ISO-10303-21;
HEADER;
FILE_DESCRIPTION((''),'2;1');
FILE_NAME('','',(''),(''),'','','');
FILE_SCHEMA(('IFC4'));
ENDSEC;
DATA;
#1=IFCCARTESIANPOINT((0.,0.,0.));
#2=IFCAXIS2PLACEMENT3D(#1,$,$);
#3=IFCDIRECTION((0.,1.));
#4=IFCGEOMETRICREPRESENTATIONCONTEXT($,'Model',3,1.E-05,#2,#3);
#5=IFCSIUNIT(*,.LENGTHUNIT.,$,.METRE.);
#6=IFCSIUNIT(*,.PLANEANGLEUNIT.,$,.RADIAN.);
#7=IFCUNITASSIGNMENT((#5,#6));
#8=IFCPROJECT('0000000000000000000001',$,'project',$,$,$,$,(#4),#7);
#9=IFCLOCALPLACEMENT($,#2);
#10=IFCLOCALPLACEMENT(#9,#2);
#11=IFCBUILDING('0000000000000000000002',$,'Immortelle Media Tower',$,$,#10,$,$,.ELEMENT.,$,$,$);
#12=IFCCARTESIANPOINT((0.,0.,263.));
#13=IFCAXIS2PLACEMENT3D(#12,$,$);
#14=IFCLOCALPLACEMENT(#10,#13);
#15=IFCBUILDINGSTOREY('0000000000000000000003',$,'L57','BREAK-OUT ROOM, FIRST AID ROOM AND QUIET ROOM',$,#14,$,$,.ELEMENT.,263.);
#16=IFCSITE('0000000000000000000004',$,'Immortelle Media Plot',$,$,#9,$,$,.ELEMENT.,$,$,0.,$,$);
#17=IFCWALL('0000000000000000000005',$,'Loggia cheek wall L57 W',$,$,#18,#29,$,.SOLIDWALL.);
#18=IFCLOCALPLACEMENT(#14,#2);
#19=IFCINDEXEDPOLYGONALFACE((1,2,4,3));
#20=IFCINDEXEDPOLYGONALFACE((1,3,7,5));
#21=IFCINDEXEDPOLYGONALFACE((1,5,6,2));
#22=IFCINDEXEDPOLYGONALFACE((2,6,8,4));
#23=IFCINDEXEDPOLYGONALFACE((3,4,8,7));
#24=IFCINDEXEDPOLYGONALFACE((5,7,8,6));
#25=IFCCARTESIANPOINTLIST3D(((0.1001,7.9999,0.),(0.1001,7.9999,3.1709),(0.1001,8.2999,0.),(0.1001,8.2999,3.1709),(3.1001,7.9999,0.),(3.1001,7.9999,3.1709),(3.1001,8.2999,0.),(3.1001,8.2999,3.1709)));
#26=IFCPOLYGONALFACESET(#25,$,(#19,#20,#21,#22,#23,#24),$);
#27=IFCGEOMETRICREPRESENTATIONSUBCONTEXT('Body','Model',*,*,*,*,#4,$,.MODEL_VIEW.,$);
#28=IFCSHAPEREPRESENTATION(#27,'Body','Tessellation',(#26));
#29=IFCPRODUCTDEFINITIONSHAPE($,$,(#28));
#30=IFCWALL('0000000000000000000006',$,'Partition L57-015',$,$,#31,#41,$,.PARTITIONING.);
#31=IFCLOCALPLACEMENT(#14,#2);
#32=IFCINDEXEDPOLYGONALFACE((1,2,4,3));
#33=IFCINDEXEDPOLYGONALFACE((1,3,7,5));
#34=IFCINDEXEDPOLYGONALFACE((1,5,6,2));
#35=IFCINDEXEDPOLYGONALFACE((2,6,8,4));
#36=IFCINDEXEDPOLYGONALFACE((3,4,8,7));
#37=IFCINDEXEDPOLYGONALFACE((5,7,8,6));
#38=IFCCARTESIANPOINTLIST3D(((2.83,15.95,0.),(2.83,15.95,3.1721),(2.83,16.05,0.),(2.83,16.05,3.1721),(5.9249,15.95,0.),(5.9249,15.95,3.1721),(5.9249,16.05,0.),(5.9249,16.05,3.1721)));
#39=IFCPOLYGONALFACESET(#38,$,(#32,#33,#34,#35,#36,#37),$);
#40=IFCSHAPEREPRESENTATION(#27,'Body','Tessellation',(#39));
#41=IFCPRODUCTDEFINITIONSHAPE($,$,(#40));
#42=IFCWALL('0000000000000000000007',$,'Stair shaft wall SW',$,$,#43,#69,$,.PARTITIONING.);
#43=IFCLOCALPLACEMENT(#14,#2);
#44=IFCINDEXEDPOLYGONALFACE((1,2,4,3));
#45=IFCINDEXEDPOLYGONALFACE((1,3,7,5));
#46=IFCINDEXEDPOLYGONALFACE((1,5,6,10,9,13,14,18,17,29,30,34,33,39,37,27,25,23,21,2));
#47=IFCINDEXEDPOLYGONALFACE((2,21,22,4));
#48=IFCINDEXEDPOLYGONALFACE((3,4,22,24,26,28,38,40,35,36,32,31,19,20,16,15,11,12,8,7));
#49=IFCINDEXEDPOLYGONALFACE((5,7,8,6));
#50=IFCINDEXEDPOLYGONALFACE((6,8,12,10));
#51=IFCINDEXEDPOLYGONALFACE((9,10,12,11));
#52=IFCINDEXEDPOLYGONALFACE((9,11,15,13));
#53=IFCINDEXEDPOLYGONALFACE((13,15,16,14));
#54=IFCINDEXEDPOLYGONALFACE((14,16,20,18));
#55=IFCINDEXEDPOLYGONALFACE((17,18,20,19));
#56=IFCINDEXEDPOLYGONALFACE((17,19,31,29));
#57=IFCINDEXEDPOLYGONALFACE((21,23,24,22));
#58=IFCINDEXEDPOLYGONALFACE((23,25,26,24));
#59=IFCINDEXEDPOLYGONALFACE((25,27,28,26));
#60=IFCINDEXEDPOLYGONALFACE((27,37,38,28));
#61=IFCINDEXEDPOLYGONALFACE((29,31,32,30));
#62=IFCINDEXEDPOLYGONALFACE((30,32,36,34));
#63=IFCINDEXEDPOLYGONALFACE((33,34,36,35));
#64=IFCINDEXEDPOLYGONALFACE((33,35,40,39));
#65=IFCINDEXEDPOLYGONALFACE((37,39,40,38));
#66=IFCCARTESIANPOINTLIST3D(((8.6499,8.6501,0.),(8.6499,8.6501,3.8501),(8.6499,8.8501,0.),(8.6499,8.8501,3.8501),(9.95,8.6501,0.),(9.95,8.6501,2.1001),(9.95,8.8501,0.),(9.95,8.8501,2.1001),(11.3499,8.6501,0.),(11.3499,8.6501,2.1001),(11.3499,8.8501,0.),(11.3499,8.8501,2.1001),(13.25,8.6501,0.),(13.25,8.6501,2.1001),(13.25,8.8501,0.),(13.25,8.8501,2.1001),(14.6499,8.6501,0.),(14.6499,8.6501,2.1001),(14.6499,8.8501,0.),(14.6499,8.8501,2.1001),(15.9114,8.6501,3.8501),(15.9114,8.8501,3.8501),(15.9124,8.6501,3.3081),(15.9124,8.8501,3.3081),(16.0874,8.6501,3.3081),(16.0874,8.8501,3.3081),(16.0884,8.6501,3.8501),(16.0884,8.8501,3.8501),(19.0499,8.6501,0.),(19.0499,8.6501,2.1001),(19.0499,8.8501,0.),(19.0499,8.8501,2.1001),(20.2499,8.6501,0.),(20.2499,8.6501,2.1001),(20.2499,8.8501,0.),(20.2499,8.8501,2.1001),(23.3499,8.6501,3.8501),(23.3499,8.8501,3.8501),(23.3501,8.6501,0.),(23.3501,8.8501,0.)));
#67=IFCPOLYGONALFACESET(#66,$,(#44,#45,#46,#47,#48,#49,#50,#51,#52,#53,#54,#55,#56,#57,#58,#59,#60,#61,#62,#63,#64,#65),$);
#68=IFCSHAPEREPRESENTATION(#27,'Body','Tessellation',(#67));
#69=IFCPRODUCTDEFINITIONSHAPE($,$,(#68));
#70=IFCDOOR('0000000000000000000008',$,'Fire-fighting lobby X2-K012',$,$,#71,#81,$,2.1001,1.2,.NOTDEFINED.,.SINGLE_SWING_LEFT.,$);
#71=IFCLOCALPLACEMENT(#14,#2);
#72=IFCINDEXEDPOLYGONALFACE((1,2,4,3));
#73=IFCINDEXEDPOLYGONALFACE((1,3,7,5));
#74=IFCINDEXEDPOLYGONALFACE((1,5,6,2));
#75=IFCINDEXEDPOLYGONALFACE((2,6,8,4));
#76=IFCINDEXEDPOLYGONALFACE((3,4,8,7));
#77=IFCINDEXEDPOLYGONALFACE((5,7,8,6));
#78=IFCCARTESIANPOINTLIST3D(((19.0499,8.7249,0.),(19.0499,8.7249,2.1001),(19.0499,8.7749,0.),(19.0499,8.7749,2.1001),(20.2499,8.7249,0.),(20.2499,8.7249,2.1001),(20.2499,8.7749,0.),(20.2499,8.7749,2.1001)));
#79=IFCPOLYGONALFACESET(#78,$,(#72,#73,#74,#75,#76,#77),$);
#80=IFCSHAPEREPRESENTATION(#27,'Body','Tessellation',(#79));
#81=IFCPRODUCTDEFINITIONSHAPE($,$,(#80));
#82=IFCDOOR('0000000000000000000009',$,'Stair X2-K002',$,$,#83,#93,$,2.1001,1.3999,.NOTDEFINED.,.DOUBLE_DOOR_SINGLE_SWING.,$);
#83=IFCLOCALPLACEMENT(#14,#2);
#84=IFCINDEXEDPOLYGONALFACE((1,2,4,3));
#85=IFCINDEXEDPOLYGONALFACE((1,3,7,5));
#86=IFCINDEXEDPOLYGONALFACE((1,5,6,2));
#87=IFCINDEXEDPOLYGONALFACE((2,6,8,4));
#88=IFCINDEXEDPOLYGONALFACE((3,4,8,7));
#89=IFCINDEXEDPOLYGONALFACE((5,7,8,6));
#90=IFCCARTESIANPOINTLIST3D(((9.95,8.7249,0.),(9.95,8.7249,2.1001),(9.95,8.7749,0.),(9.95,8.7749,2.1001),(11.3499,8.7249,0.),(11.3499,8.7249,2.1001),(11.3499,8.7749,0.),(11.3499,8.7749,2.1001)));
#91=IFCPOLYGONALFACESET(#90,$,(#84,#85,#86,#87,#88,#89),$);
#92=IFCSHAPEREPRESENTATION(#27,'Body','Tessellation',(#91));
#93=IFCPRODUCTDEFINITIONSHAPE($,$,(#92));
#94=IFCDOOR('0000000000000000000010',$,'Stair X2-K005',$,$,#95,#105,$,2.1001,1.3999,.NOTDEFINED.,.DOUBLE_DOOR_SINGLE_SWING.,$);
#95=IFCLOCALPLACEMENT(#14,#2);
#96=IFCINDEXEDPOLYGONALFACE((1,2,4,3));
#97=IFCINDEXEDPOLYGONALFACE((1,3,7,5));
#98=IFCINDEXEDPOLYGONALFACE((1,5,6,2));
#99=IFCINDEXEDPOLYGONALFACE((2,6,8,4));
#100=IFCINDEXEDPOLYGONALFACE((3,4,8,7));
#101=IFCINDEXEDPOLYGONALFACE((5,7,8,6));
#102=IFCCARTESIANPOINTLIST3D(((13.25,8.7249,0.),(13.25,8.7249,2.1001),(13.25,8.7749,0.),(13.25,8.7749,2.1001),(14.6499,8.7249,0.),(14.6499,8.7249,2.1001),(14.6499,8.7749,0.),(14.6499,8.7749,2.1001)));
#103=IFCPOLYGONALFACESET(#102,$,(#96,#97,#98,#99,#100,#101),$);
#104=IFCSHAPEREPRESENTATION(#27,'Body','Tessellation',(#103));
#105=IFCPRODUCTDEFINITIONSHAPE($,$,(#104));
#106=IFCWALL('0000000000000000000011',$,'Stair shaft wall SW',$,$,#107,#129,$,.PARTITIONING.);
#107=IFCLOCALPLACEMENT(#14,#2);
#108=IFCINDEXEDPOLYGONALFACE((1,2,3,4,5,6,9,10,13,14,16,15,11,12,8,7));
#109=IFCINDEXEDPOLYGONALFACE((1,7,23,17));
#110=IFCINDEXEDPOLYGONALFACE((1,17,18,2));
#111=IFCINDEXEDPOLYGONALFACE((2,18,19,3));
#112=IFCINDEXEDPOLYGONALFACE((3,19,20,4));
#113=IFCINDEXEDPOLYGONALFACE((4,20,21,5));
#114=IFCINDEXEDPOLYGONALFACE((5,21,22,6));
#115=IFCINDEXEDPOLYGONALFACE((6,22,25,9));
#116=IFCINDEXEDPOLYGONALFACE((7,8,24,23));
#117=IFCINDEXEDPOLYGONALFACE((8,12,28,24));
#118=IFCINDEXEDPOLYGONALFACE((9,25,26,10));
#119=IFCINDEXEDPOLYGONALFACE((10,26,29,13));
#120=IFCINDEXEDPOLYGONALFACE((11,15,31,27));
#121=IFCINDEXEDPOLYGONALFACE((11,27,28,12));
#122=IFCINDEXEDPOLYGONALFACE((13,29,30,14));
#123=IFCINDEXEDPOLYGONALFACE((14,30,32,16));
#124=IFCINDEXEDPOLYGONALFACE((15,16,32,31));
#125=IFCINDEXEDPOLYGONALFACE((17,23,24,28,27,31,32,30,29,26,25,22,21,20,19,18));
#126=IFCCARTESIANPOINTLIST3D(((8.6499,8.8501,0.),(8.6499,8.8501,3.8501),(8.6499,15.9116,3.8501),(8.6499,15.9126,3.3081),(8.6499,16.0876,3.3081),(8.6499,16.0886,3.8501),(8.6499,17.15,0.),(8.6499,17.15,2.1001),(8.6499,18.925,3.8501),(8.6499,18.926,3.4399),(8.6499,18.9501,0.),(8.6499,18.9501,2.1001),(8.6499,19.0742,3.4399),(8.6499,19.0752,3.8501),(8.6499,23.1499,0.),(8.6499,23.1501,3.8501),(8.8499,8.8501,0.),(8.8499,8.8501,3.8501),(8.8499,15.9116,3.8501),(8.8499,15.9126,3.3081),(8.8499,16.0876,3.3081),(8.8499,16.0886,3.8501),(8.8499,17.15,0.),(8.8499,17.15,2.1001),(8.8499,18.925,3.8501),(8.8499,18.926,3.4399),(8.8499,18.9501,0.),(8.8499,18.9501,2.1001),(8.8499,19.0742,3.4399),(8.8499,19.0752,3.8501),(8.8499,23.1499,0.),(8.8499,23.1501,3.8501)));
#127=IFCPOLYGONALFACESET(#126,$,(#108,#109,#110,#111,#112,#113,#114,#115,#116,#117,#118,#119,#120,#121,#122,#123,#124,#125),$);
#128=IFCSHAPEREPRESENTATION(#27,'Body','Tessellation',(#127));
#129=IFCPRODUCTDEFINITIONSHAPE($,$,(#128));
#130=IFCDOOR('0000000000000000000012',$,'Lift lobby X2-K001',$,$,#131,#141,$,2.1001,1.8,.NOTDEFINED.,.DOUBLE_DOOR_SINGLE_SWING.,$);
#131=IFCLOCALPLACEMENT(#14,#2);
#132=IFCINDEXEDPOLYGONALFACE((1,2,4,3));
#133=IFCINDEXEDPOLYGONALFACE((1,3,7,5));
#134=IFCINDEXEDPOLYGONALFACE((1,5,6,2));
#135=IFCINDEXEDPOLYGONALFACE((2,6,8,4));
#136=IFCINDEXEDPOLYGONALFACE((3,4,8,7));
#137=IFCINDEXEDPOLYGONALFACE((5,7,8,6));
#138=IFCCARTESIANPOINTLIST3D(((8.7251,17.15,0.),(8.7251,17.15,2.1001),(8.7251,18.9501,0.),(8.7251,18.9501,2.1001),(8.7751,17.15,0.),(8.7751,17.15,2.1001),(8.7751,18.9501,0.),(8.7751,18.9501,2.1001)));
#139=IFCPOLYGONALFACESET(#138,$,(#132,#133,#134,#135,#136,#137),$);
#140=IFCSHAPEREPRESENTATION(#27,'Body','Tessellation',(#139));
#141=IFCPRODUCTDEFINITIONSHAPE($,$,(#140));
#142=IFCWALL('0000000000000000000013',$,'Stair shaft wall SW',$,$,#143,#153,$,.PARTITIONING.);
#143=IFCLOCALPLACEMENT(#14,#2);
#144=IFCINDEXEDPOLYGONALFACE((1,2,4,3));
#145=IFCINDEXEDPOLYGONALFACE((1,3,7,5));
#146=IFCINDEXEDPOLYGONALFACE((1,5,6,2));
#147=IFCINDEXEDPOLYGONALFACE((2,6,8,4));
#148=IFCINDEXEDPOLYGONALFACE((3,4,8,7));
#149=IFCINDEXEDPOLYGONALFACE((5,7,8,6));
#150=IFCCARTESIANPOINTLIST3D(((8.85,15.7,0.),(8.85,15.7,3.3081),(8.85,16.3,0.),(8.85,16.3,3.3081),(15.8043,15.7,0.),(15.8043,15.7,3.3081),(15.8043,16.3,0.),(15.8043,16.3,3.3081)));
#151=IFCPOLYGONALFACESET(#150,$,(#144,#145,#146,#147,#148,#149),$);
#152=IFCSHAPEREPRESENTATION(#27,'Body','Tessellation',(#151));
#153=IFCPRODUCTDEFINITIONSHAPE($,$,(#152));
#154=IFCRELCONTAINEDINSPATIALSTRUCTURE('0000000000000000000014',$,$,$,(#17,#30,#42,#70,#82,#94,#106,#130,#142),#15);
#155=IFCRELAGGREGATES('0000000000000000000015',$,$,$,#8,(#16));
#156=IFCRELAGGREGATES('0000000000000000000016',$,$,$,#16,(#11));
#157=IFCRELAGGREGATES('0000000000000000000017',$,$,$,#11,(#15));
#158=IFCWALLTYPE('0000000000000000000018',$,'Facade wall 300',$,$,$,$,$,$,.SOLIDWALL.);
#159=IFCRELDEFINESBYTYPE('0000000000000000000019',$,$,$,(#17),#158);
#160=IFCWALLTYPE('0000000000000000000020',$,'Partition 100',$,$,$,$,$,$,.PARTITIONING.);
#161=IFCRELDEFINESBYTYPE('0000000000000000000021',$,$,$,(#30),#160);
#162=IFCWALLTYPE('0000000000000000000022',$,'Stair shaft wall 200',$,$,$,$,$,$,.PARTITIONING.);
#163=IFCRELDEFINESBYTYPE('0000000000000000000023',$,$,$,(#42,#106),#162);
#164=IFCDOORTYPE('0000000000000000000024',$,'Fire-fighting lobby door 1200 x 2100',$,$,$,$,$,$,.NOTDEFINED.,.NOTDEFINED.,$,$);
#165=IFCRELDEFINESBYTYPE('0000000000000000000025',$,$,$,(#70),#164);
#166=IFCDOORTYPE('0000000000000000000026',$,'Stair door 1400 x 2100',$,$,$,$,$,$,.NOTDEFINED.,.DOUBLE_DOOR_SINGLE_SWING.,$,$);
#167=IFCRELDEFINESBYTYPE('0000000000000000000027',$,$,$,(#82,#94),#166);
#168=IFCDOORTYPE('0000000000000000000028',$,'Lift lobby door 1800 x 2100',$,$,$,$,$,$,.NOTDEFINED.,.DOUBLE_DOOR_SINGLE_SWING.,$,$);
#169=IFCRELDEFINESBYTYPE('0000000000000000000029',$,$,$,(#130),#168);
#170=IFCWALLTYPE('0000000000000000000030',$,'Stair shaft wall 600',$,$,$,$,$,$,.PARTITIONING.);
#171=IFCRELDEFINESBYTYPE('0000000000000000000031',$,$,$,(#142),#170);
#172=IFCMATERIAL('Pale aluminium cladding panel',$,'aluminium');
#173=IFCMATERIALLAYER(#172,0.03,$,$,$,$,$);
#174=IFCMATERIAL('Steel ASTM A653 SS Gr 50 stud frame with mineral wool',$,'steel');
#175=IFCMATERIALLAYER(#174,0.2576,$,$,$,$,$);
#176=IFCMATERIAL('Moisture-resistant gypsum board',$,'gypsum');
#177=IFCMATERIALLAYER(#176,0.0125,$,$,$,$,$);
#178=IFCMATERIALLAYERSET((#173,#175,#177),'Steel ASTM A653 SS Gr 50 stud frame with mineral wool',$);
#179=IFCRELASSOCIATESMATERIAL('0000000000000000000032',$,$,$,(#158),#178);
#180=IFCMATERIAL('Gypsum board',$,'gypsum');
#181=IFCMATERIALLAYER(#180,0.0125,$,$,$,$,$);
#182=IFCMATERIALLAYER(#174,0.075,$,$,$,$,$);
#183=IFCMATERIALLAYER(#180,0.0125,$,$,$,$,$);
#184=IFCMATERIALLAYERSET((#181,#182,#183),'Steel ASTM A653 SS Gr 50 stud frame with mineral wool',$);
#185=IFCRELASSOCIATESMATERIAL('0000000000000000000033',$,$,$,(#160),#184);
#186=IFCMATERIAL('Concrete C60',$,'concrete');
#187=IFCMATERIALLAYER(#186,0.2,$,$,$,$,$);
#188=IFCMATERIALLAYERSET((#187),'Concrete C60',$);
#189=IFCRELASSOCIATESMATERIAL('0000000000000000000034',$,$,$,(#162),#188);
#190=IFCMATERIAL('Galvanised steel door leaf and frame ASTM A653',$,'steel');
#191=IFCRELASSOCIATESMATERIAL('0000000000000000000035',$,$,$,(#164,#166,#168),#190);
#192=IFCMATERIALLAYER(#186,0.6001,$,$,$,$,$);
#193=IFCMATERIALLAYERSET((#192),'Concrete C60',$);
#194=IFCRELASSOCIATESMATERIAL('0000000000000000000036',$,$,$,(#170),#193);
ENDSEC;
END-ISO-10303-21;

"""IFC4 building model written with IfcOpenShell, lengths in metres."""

from ifc_helpers import new_model, si_unit, direction, frame, frame_2d, origin, place, context, subcontext, project, spatial, polyline, rectangle, outline, extrude, material, layer, layer_set, type_object, element, fill, save


model = new_model("IFC4")

# Units and contexts
model_context = context("Model", 3, precision=1e-05, world=origin(), true_north=direction((0.0, 1.0)))
body_context = subcontext(model_context, "Body", "Model", "MODEL_VIEW")
ifc_project = project(units=[si_unit("LENGTHUNIT", "METRE"), si_unit("PLANEANGLEUNIT", "RADIAN")], contexts=[model_context])

# Site, building, storey
site_placement = place(None, origin())
site = spatial("IfcSite", under=ifc_project, at=site_placement, Name="Immortelle Media Plot", CompositionType="ELEMENT", RefElevation=0.0)
building_placement = place(site_placement, origin())
building = spatial("IfcBuilding", under=site, at=building_placement, Name="Immortelle Media Tower", CompositionType="ELEMENT")
storey_placement = place(building_placement, frame((0.0, 0.0, 263.0)))
storey = spatial("IfcBuildingStorey", under=building, at=storey_placement, Name="L57", Description="BREAK-OUT ROOM, FIRST AID ROOM AND QUIET ROOM", CompositionType="ELEMENT", Elevation=263.0)

# Shared definitions
ifc_material_1 = material(Name="Pale aluminium cladding panel", Category="aluminium")
ifc_layer_1 = layer(ifc_material_1, 0.03)
ifc_material_2 = material(Name="Steel ASTM A653 SS Gr 50 stud frame with mineral wool", Category="steel")
ifc_layer_2 = layer(ifc_material_2, 0.2576)
ifc_material_3 = material(Name="Moisture-resistant gypsum board", Category="gypsum")
ifc_layer_3 = layer(ifc_material_3, 0.0125)
ifc_layer_set_1 = layer_set([ifc_layer_1, ifc_layer_2, ifc_layer_3], Name="Steel ASTM A653 SS Gr 50 stud frame with mineral wool")
wall_type_1 = type_object("IfcWallType", Name="Facade wall 300", PredefinedType="SOLIDWALL", material=ifc_layer_set_1)

# Walls
for number, where, z_axis, x_axis, name in (
    (1, (0.1001, 8.1499, 0.0), (0.0, 0.0, 1.0), (1.0, 0.0, 0.0), "Loggia cheek wall L57 W"),
):
    element("IfcWall", number, at=place(storey_placement, frame(where, z_axis=z_axis, x_axis=x_axis)), inside=storey, type_object=wall_type_1, Name=name, PredefinedType="SOLIDWALL", context=body_context, shape_type="SweptSolid", body=[
        extrude(rectangle(XDim=3.0, YDim=0.3, at=frame_2d((1.5, 0.0))), origin(), (0.0, 0.0, 1.0), 3.1709),
    ])
ifc_material_4 = material(Name="Gypsum board", Category="gypsum")
ifc_layer_4 = layer(ifc_material_4, 0.0125)
ifc_layer_5 = layer(ifc_material_2, 0.075)
ifc_layer_6 = layer(ifc_material_4, 0.0125)
ifc_layer_set_2 = layer_set([ifc_layer_4, ifc_layer_5, ifc_layer_6], Name="Steel ASTM A653 SS Gr 50 stud frame with mineral wool")
wall_type_2 = type_object("IfcWallType", Name="Partition 100", PredefinedType="PARTITIONING", material=ifc_layer_set_2)
wall_1_placement = place(storey_placement, frame((2.8301, 16.0, 0.0), z_axis=(0.0, 0.0, 1.0), x_axis=(1.0, 0.0, 0.0)))
element("IfcWall", 2, at=wall_1_placement, inside=storey, type_object=wall_type_2, Name="Partition L57-015", PredefinedType="PARTITIONING", context=body_context, shape_type="SweptSolid", body=[
    extrude(rectangle(XDim=3.095, YDim=0.1001, at=frame_2d((1.5474, 0.0))), origin(), (0.0, 0.0, 1.0), 3.1721),
])

# Wall, openings, doors
ifc_material_5 = material(Name="Concrete C60", Category="concrete")
ifc_layer_7 = layer(ifc_material_5, 0.2)
ifc_layer_set_3 = layer_set([ifc_layer_7], Name="Concrete C60")
wall_type_3 = type_object("IfcWallType", Name="Stair shaft wall 200", PredefinedType="PARTITIONING", material=ifc_layer_set_3)
wall_2_placement = place(storey_placement, frame((8.6499, 8.75, 0.0), z_axis=(0.0, 0.0, 1.0), x_axis=(1.0, 0.0, 0.0)))
wall_2 = element("IfcWall", 3, at=wall_2_placement, inside=storey, type_object=wall_type_3, Name="Stair shaft wall SW", PredefinedType="PARTITIONING", context=body_context, shape_type="SweptSolid", body=[
    extrude(outline(polyline([(0.0, 0.0), (14.7002, 0.0), (14.7, 3.8501), (7.4385, 3.8501), (7.4375, 3.3081), (7.2625, 3.3081), (7.2615, 3.8501), (0.0, 3.8501), (0.0, 0.0)])), frame((0.0, 0.1001, 0.0), z_axis=(0.0, -1.0, 0.0), x_axis=(1.0, 0.0, 0.0)), (0.0, 0.0, 1.0), 0.2),
])
opening_1_placement = place(wall_2_placement, frame((1.3, 0.0, 0.0)))
opening_1 = element("IfcOpeningElement", 4, at=opening_1_placement, cuts=wall_2, PredefinedType="OPENING", context=body_context, shape_type="SweptSolid", body=[
    extrude(rectangle(XDim=1.3999, YDim=2.1001, at=frame_2d((0.7, 1.05))), frame((0.0, 0.1099, 0.0), z_axis=(0.0, -1.0, 0.0), x_axis=(1.0, 0.0, 0.0)), (0.0, 0.0, 1.0), 0.22),
])
opening_2_placement = place(wall_2_placement, frame((4.6001, 0.0, 0.0)))
opening_2 = element("IfcOpeningElement", 5, at=opening_2_placement, cuts=wall_2, PredefinedType="OPENING", context=body_context, shape_type="SweptSolid", body=[
    extrude(rectangle(XDim=1.3999, YDim=2.1001, at=frame_2d((0.7, 1.05))), frame((0.0, 0.1099, 0.0), z_axis=(0.0, -1.0, 0.0), x_axis=(1.0, 0.0, 0.0)), (0.0, 0.0, 1.0), 0.22),
])
opening_3_placement = place(wall_2_placement, frame((10.3999, 0.0, 0.0)))
opening_3 = element("IfcOpeningElement", 6, at=opening_3_placement, cuts=wall_2, PredefinedType="OPENING", context=body_context, shape_type="SweptSolid", body=[
    extrude(rectangle(XDim=1.2, YDim=2.1001, at=frame_2d((0.6001, 1.05))), frame((0.0, 0.1099, 0.0), z_axis=(0.0, -1.0, 0.0), x_axis=(1.0, 0.0, 0.0)), (0.0, 0.0, 1.0), 0.22),
])
ifc_material_6 = material(Name="Galvanised steel door leaf and frame ASTM A653", Category="steel")
door_type_1 = type_object("IfcDoorType", Name="Fire-fighting lobby door 1200 x 2100", OperationType="NOTDEFINED", PredefinedType="NOTDEFINED", material=ifc_material_6)
door_1_placement = place(opening_3_placement, origin())
door_1 = element("IfcDoor", 7, at=door_1_placement, inside=storey, type_object=door_type_1, Name="Fire-fighting lobby X2-K012", OperationType="SINGLE_SWING_LEFT", OverallHeight=2.1001, OverallWidth=1.2, PredefinedType="NOTDEFINED", context=body_context, shape_type="SweptSolid", body=[
    extrude(rectangle(XDim=1.2, YDim=2.1001, at=frame_2d((0.6001, 1.05))), frame((0.0, 0.0249, 0.0), z_axis=(0.0, -1.0, 0.0), x_axis=(1.0, 0.0, 0.0)), (0.0, 0.0, 1.0), 0.05),
])
fill(opening_3, door_1)
door_type_2 = type_object("IfcDoorType", Name="Stair door 1400 x 2100", OperationType="DOUBLE_DOOR_SINGLE_SWING", PredefinedType="NOTDEFINED", material=ifc_material_6)
door_2_placement = place(opening_1_placement, origin())
door_2 = element("IfcDoor", 8, at=door_2_placement, inside=storey, type_object=door_type_2, Name="Stair X2-K002", OperationType="DOUBLE_DOOR_SINGLE_SWING", OverallHeight=2.1001, OverallWidth=1.3999, PredefinedType="NOTDEFINED", context=body_context, shape_type="SweptSolid", body=[
    extrude(rectangle(XDim=1.3999, YDim=2.1001, at=frame_2d((0.7, 1.05))), frame((0.0, 0.0249, 0.0), z_axis=(0.0, -1.0, 0.0), x_axis=(1.0, 0.0, 0.0)), (0.0, 0.0, 1.0), 0.05),
])
fill(opening_1, door_2)
door_3_placement = place(opening_2_placement, origin())
door_3 = element("IfcDoor", 9, at=door_3_placement, inside=storey, type_object=door_type_2, Name="Stair X2-K005", OperationType="DOUBLE_DOOR_SINGLE_SWING", OverallHeight=2.1001, OverallWidth=1.3999, PredefinedType="NOTDEFINED", context=body_context, shape_type="SweptSolid", body=[
    extrude(rectangle(XDim=1.3999, YDim=2.1001, at=frame_2d((0.7, 1.05))), frame((0.0, 0.0249, 0.0), z_axis=(0.0, -1.0, 0.0), x_axis=(1.0, 0.0, 0.0)), (0.0, 0.0, 1.0), 0.05),
])
fill(opening_2, door_3)

# Wall, opening, door
wall_3_placement = place(storey_placement, frame((8.75, 8.8501, 0.0), z_axis=(0.0, 0.0, 1.0), x_axis=(0.0, 1.0, 0.0)))
wall_3 = element("IfcWall", 10, at=wall_3_placement, inside=storey, type_object=wall_type_3, Name="Stair shaft wall SW", PredefinedType="PARTITIONING", context=body_context, shape_type="SweptSolid", body=[
    extrude(outline(polyline([(0.0, 0.0), (14.2998, 0.0), (14.3, 3.8501), (10.2251, 3.8501), (10.2241, 3.4399), (10.0759, 3.4399), (10.075, 3.8501), (7.2385, 3.8501), (7.2375, 3.3081), (7.0625, 3.3081), (7.0615, 3.8501), (0.0, 3.8501), (0.0, 0.0)])), frame((0.0, 0.1001, 0.0), z_axis=(0.0, -1.0, 0.0), x_axis=(1.0, 0.0, 0.0)), (0.0, 0.0, 1.0), 0.2),
])
opening_4_placement = place(wall_3_placement, frame((8.3, 0.0, 0.0)))
opening_4 = element("IfcOpeningElement", 11, at=opening_4_placement, cuts=wall_3, PredefinedType="OPENING", context=body_context, shape_type="SweptSolid", body=[
    extrude(rectangle(XDim=1.8, YDim=2.1001, at=frame_2d((0.8999, 1.05))), frame((0.0, 0.1099, 0.0), z_axis=(0.0, -1.0, 0.0), x_axis=(1.0, 0.0, 0.0)), (0.0, 0.0, 1.0), 0.22),
])
door_type_3 = type_object("IfcDoorType", Name="Lift lobby door 1800 x 2100", OperationType="DOUBLE_DOOR_SINGLE_SWING", PredefinedType="NOTDEFINED", material=ifc_material_6)
door_4_placement = place(opening_4_placement, origin())
door_4 = element("IfcDoor", 12, at=door_4_placement, inside=storey, type_object=door_type_3, Name="Lift lobby X2-K001", OperationType="DOUBLE_DOOR_SINGLE_SWING", OverallHeight=2.1001, OverallWidth=1.8, PredefinedType="NOTDEFINED", context=body_context, shape_type="SweptSolid", body=[
    extrude(rectangle(XDim=1.8, YDim=2.1001, at=frame_2d((0.8999, 1.05))), frame((0.0, 0.0249, 0.0), z_axis=(0.0, -1.0, 0.0), x_axis=(1.0, 0.0, 0.0)), (0.0, 0.0, 1.0), 0.05),
])
fill(opening_4, door_4)

# Wall
ifc_layer_8 = layer(ifc_material_5, 0.6001)
ifc_layer_set_4 = layer_set([ifc_layer_8], Name="Concrete C60")
wall_type_4 = type_object("IfcWallType", Name="Stair shaft wall 600", PredefinedType="PARTITIONING", material=ifc_layer_set_4)
wall_4_placement = place(storey_placement, frame((8.8501, 16.0, 0.0), z_axis=(0.0, 0.0, 1.0), x_axis=(1.0, 0.0, 0.0)))
element("IfcWall", 13, at=wall_4_placement, inside=storey, type_object=wall_type_4, Name="Stair shaft wall SW", PredefinedType="PARTITIONING", context=body_context, shape_type="SweptSolid", body=[
    extrude(rectangle(XDim=6.9543, YDim=0.6001, at=frame_2d((3.4771, 0.0))), origin(), (0.0, 0.0, 1.0), 3.3081),
])

save(model, "model.ifc")
